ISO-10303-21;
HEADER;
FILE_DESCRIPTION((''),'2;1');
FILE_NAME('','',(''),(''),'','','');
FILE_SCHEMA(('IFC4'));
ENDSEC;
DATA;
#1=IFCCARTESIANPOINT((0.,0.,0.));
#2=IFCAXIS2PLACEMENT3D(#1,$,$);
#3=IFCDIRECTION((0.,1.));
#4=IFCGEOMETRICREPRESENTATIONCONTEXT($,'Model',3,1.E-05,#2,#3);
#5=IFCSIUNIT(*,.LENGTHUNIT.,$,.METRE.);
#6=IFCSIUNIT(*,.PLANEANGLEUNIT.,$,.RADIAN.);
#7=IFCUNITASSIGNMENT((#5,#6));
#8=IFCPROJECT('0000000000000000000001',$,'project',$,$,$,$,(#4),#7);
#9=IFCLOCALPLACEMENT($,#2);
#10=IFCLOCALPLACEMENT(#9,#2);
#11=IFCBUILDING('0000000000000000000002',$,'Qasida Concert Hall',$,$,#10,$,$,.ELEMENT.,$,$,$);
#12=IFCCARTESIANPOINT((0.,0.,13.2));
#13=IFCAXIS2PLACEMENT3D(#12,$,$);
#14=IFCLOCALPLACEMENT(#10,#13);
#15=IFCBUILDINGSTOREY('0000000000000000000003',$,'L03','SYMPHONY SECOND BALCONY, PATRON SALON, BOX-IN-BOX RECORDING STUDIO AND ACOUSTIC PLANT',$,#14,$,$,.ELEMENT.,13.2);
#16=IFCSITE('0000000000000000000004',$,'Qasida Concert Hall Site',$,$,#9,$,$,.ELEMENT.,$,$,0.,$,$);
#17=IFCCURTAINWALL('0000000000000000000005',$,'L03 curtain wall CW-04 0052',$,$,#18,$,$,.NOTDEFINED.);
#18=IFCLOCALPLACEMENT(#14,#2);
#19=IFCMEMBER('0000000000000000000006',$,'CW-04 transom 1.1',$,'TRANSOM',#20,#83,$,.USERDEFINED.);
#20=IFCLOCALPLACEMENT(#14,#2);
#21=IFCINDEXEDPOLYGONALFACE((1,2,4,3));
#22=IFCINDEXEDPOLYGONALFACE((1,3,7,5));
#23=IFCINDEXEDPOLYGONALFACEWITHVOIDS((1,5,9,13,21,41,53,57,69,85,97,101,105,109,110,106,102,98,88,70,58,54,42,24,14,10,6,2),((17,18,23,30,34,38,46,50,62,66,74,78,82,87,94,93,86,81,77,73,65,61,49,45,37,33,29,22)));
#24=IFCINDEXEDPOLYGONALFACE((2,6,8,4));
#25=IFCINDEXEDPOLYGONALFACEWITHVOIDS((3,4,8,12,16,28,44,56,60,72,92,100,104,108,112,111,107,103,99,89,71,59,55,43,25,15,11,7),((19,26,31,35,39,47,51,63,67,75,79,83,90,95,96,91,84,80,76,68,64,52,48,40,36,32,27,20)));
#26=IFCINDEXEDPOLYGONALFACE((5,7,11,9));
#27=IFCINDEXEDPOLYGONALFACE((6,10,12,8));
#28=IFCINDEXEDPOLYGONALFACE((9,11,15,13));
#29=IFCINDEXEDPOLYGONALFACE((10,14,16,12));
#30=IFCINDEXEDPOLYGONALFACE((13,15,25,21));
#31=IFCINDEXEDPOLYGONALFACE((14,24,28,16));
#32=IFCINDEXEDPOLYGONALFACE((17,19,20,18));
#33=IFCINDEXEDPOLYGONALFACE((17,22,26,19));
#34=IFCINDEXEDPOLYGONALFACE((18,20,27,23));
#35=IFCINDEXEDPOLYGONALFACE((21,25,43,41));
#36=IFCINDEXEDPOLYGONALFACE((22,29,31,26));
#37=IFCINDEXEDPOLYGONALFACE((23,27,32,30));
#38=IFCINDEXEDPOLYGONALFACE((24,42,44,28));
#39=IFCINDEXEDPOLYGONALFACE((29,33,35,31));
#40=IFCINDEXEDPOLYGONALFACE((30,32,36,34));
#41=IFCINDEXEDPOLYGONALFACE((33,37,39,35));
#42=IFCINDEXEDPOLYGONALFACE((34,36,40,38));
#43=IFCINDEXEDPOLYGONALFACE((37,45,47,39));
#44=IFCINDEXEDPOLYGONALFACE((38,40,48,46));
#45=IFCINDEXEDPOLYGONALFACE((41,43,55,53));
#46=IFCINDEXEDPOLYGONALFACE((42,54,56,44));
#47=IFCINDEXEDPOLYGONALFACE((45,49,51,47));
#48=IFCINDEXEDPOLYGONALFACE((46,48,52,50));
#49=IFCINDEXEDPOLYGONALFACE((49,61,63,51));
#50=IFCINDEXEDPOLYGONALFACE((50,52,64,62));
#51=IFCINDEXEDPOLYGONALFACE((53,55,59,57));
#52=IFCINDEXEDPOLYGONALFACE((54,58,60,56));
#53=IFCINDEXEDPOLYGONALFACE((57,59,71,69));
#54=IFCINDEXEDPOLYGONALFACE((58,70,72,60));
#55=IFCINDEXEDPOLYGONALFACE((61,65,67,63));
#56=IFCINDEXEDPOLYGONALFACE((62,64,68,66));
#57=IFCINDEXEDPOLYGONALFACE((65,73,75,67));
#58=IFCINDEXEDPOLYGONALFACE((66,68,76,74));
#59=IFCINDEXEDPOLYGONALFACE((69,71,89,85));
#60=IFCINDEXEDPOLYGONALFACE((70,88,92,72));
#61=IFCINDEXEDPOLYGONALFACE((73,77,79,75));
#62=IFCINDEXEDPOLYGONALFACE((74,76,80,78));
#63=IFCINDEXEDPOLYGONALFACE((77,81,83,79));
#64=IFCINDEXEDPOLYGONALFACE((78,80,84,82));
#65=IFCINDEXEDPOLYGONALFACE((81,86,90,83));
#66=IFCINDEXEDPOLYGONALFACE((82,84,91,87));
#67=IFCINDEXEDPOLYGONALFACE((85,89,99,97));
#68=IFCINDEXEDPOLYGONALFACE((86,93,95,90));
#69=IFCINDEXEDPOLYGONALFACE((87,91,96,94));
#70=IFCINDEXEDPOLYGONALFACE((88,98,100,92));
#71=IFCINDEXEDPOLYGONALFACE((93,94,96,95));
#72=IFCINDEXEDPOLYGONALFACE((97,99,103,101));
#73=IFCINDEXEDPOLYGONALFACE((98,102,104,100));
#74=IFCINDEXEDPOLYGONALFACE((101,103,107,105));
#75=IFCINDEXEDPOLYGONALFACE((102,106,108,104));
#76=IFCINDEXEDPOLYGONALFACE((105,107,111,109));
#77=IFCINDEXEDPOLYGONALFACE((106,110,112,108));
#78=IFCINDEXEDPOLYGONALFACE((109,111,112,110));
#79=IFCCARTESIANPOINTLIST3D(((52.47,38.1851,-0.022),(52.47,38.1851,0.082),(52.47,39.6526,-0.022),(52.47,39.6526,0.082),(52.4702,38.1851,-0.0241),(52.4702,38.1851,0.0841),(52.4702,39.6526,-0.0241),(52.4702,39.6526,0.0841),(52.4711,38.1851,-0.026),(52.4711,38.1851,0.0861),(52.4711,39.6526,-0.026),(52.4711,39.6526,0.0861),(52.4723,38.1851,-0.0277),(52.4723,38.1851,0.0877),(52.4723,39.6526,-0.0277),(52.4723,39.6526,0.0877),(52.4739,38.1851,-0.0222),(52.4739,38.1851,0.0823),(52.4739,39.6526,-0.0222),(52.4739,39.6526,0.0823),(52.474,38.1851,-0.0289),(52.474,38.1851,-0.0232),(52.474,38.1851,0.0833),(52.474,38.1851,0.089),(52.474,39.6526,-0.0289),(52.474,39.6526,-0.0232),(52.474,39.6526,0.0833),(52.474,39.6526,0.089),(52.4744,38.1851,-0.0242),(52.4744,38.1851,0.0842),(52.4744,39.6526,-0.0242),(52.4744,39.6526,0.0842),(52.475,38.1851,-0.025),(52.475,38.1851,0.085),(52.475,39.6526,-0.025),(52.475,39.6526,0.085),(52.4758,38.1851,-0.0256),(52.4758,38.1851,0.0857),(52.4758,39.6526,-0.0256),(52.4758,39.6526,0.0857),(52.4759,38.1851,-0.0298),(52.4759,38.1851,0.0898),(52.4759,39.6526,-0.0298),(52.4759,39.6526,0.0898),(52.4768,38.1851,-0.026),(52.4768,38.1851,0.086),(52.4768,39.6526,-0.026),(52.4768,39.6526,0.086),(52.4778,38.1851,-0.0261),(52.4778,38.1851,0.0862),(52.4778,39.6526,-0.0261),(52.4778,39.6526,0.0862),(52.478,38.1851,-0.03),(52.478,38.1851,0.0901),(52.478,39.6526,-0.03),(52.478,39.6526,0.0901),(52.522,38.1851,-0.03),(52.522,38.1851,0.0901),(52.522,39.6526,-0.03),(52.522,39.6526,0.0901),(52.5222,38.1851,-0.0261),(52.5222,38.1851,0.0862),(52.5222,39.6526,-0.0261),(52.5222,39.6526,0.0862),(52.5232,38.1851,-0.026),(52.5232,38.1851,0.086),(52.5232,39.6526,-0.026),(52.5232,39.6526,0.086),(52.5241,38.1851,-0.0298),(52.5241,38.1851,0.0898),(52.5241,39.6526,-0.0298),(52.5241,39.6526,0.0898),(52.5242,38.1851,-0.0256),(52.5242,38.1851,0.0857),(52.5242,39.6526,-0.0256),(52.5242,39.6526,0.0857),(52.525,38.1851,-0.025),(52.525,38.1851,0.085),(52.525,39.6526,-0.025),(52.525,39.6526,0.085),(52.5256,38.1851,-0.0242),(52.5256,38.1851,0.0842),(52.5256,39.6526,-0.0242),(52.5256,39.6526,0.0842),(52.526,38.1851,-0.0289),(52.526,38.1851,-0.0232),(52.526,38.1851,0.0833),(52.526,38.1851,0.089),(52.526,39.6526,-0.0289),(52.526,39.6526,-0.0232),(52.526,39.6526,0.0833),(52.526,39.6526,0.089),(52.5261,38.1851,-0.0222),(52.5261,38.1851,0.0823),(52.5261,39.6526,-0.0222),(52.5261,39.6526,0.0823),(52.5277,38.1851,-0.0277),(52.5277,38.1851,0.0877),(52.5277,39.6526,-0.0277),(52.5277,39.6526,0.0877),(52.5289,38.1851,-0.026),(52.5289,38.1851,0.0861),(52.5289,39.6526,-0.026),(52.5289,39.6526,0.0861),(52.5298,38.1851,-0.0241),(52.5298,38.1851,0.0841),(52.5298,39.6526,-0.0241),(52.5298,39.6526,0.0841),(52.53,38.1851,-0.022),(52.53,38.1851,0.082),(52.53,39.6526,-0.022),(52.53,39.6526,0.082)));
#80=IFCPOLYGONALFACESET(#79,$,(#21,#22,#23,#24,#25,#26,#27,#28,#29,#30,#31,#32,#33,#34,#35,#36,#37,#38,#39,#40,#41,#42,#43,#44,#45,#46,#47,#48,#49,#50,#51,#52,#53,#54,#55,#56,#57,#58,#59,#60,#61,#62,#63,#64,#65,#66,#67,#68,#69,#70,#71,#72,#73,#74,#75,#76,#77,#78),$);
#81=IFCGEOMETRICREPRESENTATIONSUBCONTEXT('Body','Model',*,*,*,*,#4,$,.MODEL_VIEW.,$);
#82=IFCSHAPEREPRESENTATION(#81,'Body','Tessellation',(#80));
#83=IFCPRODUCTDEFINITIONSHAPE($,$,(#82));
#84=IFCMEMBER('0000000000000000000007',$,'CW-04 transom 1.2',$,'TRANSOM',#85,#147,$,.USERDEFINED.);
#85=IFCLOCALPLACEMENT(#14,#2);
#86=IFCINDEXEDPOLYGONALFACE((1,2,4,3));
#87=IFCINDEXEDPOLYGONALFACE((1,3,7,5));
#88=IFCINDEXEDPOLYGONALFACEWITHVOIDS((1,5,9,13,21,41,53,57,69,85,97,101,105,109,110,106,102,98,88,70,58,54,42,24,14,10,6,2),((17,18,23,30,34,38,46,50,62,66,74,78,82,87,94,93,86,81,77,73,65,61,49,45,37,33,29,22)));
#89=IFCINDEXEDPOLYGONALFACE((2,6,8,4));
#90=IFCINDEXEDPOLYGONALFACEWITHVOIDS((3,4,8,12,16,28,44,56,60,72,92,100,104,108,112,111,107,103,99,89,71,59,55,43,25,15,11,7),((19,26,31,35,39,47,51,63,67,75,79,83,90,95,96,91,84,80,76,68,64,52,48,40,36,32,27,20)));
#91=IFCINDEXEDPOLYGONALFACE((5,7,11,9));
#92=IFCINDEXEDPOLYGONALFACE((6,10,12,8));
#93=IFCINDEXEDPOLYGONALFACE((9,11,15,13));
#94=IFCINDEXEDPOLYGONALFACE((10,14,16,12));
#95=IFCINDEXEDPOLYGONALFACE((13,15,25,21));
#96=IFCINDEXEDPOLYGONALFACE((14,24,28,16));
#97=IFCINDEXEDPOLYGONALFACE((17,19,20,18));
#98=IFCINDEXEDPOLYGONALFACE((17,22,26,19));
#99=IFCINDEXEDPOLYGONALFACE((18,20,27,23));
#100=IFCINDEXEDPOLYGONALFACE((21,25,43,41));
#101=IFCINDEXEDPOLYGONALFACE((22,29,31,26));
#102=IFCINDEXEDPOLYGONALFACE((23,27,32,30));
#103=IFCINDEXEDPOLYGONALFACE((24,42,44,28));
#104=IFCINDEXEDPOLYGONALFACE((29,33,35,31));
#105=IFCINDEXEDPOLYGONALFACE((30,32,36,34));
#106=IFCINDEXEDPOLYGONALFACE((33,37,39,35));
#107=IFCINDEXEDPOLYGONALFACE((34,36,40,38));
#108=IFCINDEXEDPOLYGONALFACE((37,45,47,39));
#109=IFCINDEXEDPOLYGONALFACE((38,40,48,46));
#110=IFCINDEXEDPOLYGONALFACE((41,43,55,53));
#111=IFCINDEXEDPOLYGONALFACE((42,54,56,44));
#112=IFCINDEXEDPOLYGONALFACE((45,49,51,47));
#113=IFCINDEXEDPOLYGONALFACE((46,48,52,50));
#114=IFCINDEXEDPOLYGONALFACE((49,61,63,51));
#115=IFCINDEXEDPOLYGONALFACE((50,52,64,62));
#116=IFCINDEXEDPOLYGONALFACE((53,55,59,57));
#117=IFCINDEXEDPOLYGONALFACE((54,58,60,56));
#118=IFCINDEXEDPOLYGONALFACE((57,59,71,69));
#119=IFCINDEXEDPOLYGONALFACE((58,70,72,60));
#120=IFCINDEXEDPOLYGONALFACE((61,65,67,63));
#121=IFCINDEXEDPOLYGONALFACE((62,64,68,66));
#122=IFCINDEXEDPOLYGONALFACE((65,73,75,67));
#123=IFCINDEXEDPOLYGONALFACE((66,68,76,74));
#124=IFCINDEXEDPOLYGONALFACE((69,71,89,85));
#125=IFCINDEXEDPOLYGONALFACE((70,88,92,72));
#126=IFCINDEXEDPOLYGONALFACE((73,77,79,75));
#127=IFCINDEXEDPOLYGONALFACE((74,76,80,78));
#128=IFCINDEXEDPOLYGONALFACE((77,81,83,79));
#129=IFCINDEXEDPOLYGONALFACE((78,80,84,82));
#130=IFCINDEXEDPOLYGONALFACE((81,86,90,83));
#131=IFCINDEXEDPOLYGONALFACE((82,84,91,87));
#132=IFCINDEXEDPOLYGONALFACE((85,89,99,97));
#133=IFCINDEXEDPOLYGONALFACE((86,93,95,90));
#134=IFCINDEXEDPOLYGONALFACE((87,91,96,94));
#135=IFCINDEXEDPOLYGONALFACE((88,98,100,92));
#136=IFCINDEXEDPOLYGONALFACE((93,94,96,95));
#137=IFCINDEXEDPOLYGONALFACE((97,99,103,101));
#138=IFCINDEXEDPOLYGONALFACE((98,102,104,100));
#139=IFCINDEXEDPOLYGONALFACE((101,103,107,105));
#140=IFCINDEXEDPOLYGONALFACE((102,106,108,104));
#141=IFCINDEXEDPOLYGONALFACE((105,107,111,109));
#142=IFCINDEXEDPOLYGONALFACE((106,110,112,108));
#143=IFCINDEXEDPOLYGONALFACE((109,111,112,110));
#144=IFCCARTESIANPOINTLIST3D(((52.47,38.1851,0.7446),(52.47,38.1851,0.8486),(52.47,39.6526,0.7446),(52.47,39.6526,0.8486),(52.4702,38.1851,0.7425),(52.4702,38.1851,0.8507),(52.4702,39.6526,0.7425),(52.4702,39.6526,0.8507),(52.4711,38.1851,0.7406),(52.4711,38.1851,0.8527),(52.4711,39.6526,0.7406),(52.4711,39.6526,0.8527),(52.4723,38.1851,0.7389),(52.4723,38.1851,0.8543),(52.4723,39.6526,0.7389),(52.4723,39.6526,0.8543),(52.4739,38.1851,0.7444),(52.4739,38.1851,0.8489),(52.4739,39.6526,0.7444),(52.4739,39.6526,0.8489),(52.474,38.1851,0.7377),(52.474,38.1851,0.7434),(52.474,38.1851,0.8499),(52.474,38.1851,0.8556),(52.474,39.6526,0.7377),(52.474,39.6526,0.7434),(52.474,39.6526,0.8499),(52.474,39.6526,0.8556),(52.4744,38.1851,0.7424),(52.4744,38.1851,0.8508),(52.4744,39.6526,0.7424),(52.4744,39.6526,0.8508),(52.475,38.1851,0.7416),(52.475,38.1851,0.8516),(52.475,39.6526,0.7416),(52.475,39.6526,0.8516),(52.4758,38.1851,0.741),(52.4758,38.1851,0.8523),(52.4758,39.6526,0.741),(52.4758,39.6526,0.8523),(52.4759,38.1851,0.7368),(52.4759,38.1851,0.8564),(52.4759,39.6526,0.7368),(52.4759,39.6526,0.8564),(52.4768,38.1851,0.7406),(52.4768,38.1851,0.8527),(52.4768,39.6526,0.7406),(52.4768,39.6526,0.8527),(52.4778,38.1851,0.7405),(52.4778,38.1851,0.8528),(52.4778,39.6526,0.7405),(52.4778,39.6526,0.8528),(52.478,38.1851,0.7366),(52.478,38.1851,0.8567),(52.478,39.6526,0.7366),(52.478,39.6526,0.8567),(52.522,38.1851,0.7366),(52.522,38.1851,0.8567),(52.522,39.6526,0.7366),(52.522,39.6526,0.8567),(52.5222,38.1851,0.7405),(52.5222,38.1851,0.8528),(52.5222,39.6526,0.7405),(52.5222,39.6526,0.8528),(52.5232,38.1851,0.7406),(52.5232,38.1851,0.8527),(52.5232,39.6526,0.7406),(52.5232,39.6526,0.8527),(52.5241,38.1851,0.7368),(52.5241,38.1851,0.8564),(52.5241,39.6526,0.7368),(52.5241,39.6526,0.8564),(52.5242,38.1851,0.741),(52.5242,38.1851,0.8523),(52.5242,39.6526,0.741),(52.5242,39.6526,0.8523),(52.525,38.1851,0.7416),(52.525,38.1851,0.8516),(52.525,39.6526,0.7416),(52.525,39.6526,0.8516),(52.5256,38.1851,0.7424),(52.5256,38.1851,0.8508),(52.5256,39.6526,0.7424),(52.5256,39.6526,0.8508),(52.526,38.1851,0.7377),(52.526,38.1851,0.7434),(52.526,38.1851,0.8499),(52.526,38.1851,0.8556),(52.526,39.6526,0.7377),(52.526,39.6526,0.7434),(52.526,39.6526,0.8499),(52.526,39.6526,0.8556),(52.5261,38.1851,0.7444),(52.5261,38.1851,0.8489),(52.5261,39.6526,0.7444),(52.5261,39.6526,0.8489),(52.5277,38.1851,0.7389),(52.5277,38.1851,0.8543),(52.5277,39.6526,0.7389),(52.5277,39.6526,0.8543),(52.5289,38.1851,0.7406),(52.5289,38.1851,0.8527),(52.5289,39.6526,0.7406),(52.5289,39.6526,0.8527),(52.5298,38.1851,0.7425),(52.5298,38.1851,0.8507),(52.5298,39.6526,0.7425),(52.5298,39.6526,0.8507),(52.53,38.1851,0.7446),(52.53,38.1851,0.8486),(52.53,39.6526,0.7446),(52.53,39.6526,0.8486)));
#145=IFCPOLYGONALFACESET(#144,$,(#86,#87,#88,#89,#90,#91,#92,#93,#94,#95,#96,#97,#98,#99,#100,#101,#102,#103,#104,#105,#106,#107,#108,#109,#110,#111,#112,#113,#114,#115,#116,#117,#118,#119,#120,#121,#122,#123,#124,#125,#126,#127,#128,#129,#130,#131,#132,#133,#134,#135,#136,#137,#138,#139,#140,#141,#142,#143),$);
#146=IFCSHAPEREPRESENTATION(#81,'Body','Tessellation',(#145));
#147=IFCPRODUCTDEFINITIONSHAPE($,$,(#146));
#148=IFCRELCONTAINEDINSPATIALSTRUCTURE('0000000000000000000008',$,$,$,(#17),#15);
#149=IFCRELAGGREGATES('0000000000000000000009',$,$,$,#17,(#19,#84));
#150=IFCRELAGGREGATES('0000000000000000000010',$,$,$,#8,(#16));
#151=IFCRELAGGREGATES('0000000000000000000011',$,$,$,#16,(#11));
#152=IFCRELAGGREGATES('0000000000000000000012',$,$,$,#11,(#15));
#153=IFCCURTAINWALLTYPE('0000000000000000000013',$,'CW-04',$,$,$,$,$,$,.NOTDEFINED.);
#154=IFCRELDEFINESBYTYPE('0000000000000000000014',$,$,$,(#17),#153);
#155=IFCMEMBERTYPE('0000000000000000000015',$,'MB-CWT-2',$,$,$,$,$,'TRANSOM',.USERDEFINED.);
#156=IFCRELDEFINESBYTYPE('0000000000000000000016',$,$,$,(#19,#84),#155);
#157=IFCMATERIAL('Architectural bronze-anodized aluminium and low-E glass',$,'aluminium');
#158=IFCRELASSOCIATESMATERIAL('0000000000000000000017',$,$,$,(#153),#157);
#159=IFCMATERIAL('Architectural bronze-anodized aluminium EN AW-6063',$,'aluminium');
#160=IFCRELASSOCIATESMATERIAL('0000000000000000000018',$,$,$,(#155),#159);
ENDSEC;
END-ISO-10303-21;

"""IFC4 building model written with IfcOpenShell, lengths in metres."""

from ifc_helpers import new_model, si_unit, direction, frame, origin, origin_2d, place, context, subcontext, project, spatial, hollow_rectangle, extrude, material, material_profile, profile_set, type_object, element, aggregate, save


model = new_model("IFC4")

# Units and contexts
model_context = context("Model", 3, precision=1e-05, world=origin(), true_north=direction((0.0, 1.0)))
body_context = subcontext(model_context, "Body", "Model", "MODEL_VIEW")
ifc_project = project(units=[si_unit("LENGTHUNIT", "METRE"), si_unit("PLANEANGLEUNIT", "RADIAN")], contexts=[model_context])

# Site, building, storey
site_placement = place(None, origin())
site = spatial("IfcSite", under=ifc_project, at=site_placement, Name="Qasida Concert Hall Site", CompositionType="ELEMENT", RefElevation=0.0)
building_placement = place(site_placement, origin())
building = spatial("IfcBuilding", under=site, at=building_placement, Name="Qasida Concert Hall", CompositionType="ELEMENT")
storey_placement = place(building_placement, frame((0.0, 0.0, 13.2)))
storey = spatial("IfcBuildingStorey", under=building, at=storey_placement, Name="L03", Description="SYMPHONY SECOND BALCONY, PATRON SALON, BOX-IN-BOX RECORDING STUDIO AND ACOUSTIC PLANT", CompositionType="ELEMENT", Elevation=13.2)

# Curtain wall, members
ifc_material_1 = material(Name="Architectural bronze-anodized aluminium and low-E glass", Category="aluminium")
curtain_wall_type = type_object("IfcCurtainWallType", Name="CW-04", PredefinedType="NOTDEFINED", material=ifc_material_1)
curtain_wall_placement = place(storey_placement, origin())
curtain_wall = element("IfcCurtainWall", 1, at=curtain_wall_placement, inside=storey, type_object=curtain_wall_type, Name="L03 curtain wall CW-04 0052", PredefinedType="NOTDEFINED")
ifc_material_2 = material(Name="Architectural bronze-anodized aluminium EN AW-6063", Category="aluminium")
ifc_material_profile_1 = material_profile(ifc_material_2, hollow_rectangle(XDim=0.0601, YDim=0.1201, WallThickness=0.0039, InnerFilletRadius=0.0039, OuterFilletRadius=0.0081, at=origin_2d()), Name="CWT 120x60x4")
ifc_profile_set_1 = profile_set([ifc_material_profile_1], Name="Architectural bronze-anodized aluminium EN AW-6063")
member_type_1 = type_object("IfcMemberType", Name="MB-CWT-2", ElementType="TRANSOM", PredefinedType="USERDEFINED", material=ifc_profile_set_1)
member_1_placement = place(storey_placement, frame((52.5, 38.1851, 0.03), z_axis=(0.0, 1.0, 0.0), x_axis=(-1.0, 0.0, 0.0)))
member_1 = element("IfcMember", 2, at=member_1_placement, type_object=member_type_1, Name="CW-04 transom 1.1", ObjectType="TRANSOM", PredefinedType="USERDEFINED", context=body_context, shape_type="SweptSolid", body=[
    extrude(hollow_rectangle(XDim=0.0601, YDim=0.1201, WallThickness=0.0039, InnerFilletRadius=0.0039, OuterFilletRadius=0.0081, at=origin_2d()), origin(), (0.0, 0.0, 1.0), 1.4675),
])
member_2_placement = place(storey_placement, frame((52.5, 38.1851, 0.7966), z_axis=(0.0, 1.0, 0.0), x_axis=(-1.0, 0.0, 0.0)))
member_2 = element("IfcMember", 3, at=member_2_placement, type_object=member_type_1, Name="CW-04 transom 1.2", ObjectType="TRANSOM", PredefinedType="USERDEFINED", context=body_context, shape_type="SweptSolid", body=[
    extrude(hollow_rectangle(XDim=0.0601, YDim=0.1201, WallThickness=0.0039, InnerFilletRadius=0.0039, OuterFilletRadius=0.0081, at=origin_2d()), origin(), (0.0, 0.0, 1.0), 1.4675),
])
aggregate(curtain_wall, [member_1, member_2])

save(model, "model.ifc")
